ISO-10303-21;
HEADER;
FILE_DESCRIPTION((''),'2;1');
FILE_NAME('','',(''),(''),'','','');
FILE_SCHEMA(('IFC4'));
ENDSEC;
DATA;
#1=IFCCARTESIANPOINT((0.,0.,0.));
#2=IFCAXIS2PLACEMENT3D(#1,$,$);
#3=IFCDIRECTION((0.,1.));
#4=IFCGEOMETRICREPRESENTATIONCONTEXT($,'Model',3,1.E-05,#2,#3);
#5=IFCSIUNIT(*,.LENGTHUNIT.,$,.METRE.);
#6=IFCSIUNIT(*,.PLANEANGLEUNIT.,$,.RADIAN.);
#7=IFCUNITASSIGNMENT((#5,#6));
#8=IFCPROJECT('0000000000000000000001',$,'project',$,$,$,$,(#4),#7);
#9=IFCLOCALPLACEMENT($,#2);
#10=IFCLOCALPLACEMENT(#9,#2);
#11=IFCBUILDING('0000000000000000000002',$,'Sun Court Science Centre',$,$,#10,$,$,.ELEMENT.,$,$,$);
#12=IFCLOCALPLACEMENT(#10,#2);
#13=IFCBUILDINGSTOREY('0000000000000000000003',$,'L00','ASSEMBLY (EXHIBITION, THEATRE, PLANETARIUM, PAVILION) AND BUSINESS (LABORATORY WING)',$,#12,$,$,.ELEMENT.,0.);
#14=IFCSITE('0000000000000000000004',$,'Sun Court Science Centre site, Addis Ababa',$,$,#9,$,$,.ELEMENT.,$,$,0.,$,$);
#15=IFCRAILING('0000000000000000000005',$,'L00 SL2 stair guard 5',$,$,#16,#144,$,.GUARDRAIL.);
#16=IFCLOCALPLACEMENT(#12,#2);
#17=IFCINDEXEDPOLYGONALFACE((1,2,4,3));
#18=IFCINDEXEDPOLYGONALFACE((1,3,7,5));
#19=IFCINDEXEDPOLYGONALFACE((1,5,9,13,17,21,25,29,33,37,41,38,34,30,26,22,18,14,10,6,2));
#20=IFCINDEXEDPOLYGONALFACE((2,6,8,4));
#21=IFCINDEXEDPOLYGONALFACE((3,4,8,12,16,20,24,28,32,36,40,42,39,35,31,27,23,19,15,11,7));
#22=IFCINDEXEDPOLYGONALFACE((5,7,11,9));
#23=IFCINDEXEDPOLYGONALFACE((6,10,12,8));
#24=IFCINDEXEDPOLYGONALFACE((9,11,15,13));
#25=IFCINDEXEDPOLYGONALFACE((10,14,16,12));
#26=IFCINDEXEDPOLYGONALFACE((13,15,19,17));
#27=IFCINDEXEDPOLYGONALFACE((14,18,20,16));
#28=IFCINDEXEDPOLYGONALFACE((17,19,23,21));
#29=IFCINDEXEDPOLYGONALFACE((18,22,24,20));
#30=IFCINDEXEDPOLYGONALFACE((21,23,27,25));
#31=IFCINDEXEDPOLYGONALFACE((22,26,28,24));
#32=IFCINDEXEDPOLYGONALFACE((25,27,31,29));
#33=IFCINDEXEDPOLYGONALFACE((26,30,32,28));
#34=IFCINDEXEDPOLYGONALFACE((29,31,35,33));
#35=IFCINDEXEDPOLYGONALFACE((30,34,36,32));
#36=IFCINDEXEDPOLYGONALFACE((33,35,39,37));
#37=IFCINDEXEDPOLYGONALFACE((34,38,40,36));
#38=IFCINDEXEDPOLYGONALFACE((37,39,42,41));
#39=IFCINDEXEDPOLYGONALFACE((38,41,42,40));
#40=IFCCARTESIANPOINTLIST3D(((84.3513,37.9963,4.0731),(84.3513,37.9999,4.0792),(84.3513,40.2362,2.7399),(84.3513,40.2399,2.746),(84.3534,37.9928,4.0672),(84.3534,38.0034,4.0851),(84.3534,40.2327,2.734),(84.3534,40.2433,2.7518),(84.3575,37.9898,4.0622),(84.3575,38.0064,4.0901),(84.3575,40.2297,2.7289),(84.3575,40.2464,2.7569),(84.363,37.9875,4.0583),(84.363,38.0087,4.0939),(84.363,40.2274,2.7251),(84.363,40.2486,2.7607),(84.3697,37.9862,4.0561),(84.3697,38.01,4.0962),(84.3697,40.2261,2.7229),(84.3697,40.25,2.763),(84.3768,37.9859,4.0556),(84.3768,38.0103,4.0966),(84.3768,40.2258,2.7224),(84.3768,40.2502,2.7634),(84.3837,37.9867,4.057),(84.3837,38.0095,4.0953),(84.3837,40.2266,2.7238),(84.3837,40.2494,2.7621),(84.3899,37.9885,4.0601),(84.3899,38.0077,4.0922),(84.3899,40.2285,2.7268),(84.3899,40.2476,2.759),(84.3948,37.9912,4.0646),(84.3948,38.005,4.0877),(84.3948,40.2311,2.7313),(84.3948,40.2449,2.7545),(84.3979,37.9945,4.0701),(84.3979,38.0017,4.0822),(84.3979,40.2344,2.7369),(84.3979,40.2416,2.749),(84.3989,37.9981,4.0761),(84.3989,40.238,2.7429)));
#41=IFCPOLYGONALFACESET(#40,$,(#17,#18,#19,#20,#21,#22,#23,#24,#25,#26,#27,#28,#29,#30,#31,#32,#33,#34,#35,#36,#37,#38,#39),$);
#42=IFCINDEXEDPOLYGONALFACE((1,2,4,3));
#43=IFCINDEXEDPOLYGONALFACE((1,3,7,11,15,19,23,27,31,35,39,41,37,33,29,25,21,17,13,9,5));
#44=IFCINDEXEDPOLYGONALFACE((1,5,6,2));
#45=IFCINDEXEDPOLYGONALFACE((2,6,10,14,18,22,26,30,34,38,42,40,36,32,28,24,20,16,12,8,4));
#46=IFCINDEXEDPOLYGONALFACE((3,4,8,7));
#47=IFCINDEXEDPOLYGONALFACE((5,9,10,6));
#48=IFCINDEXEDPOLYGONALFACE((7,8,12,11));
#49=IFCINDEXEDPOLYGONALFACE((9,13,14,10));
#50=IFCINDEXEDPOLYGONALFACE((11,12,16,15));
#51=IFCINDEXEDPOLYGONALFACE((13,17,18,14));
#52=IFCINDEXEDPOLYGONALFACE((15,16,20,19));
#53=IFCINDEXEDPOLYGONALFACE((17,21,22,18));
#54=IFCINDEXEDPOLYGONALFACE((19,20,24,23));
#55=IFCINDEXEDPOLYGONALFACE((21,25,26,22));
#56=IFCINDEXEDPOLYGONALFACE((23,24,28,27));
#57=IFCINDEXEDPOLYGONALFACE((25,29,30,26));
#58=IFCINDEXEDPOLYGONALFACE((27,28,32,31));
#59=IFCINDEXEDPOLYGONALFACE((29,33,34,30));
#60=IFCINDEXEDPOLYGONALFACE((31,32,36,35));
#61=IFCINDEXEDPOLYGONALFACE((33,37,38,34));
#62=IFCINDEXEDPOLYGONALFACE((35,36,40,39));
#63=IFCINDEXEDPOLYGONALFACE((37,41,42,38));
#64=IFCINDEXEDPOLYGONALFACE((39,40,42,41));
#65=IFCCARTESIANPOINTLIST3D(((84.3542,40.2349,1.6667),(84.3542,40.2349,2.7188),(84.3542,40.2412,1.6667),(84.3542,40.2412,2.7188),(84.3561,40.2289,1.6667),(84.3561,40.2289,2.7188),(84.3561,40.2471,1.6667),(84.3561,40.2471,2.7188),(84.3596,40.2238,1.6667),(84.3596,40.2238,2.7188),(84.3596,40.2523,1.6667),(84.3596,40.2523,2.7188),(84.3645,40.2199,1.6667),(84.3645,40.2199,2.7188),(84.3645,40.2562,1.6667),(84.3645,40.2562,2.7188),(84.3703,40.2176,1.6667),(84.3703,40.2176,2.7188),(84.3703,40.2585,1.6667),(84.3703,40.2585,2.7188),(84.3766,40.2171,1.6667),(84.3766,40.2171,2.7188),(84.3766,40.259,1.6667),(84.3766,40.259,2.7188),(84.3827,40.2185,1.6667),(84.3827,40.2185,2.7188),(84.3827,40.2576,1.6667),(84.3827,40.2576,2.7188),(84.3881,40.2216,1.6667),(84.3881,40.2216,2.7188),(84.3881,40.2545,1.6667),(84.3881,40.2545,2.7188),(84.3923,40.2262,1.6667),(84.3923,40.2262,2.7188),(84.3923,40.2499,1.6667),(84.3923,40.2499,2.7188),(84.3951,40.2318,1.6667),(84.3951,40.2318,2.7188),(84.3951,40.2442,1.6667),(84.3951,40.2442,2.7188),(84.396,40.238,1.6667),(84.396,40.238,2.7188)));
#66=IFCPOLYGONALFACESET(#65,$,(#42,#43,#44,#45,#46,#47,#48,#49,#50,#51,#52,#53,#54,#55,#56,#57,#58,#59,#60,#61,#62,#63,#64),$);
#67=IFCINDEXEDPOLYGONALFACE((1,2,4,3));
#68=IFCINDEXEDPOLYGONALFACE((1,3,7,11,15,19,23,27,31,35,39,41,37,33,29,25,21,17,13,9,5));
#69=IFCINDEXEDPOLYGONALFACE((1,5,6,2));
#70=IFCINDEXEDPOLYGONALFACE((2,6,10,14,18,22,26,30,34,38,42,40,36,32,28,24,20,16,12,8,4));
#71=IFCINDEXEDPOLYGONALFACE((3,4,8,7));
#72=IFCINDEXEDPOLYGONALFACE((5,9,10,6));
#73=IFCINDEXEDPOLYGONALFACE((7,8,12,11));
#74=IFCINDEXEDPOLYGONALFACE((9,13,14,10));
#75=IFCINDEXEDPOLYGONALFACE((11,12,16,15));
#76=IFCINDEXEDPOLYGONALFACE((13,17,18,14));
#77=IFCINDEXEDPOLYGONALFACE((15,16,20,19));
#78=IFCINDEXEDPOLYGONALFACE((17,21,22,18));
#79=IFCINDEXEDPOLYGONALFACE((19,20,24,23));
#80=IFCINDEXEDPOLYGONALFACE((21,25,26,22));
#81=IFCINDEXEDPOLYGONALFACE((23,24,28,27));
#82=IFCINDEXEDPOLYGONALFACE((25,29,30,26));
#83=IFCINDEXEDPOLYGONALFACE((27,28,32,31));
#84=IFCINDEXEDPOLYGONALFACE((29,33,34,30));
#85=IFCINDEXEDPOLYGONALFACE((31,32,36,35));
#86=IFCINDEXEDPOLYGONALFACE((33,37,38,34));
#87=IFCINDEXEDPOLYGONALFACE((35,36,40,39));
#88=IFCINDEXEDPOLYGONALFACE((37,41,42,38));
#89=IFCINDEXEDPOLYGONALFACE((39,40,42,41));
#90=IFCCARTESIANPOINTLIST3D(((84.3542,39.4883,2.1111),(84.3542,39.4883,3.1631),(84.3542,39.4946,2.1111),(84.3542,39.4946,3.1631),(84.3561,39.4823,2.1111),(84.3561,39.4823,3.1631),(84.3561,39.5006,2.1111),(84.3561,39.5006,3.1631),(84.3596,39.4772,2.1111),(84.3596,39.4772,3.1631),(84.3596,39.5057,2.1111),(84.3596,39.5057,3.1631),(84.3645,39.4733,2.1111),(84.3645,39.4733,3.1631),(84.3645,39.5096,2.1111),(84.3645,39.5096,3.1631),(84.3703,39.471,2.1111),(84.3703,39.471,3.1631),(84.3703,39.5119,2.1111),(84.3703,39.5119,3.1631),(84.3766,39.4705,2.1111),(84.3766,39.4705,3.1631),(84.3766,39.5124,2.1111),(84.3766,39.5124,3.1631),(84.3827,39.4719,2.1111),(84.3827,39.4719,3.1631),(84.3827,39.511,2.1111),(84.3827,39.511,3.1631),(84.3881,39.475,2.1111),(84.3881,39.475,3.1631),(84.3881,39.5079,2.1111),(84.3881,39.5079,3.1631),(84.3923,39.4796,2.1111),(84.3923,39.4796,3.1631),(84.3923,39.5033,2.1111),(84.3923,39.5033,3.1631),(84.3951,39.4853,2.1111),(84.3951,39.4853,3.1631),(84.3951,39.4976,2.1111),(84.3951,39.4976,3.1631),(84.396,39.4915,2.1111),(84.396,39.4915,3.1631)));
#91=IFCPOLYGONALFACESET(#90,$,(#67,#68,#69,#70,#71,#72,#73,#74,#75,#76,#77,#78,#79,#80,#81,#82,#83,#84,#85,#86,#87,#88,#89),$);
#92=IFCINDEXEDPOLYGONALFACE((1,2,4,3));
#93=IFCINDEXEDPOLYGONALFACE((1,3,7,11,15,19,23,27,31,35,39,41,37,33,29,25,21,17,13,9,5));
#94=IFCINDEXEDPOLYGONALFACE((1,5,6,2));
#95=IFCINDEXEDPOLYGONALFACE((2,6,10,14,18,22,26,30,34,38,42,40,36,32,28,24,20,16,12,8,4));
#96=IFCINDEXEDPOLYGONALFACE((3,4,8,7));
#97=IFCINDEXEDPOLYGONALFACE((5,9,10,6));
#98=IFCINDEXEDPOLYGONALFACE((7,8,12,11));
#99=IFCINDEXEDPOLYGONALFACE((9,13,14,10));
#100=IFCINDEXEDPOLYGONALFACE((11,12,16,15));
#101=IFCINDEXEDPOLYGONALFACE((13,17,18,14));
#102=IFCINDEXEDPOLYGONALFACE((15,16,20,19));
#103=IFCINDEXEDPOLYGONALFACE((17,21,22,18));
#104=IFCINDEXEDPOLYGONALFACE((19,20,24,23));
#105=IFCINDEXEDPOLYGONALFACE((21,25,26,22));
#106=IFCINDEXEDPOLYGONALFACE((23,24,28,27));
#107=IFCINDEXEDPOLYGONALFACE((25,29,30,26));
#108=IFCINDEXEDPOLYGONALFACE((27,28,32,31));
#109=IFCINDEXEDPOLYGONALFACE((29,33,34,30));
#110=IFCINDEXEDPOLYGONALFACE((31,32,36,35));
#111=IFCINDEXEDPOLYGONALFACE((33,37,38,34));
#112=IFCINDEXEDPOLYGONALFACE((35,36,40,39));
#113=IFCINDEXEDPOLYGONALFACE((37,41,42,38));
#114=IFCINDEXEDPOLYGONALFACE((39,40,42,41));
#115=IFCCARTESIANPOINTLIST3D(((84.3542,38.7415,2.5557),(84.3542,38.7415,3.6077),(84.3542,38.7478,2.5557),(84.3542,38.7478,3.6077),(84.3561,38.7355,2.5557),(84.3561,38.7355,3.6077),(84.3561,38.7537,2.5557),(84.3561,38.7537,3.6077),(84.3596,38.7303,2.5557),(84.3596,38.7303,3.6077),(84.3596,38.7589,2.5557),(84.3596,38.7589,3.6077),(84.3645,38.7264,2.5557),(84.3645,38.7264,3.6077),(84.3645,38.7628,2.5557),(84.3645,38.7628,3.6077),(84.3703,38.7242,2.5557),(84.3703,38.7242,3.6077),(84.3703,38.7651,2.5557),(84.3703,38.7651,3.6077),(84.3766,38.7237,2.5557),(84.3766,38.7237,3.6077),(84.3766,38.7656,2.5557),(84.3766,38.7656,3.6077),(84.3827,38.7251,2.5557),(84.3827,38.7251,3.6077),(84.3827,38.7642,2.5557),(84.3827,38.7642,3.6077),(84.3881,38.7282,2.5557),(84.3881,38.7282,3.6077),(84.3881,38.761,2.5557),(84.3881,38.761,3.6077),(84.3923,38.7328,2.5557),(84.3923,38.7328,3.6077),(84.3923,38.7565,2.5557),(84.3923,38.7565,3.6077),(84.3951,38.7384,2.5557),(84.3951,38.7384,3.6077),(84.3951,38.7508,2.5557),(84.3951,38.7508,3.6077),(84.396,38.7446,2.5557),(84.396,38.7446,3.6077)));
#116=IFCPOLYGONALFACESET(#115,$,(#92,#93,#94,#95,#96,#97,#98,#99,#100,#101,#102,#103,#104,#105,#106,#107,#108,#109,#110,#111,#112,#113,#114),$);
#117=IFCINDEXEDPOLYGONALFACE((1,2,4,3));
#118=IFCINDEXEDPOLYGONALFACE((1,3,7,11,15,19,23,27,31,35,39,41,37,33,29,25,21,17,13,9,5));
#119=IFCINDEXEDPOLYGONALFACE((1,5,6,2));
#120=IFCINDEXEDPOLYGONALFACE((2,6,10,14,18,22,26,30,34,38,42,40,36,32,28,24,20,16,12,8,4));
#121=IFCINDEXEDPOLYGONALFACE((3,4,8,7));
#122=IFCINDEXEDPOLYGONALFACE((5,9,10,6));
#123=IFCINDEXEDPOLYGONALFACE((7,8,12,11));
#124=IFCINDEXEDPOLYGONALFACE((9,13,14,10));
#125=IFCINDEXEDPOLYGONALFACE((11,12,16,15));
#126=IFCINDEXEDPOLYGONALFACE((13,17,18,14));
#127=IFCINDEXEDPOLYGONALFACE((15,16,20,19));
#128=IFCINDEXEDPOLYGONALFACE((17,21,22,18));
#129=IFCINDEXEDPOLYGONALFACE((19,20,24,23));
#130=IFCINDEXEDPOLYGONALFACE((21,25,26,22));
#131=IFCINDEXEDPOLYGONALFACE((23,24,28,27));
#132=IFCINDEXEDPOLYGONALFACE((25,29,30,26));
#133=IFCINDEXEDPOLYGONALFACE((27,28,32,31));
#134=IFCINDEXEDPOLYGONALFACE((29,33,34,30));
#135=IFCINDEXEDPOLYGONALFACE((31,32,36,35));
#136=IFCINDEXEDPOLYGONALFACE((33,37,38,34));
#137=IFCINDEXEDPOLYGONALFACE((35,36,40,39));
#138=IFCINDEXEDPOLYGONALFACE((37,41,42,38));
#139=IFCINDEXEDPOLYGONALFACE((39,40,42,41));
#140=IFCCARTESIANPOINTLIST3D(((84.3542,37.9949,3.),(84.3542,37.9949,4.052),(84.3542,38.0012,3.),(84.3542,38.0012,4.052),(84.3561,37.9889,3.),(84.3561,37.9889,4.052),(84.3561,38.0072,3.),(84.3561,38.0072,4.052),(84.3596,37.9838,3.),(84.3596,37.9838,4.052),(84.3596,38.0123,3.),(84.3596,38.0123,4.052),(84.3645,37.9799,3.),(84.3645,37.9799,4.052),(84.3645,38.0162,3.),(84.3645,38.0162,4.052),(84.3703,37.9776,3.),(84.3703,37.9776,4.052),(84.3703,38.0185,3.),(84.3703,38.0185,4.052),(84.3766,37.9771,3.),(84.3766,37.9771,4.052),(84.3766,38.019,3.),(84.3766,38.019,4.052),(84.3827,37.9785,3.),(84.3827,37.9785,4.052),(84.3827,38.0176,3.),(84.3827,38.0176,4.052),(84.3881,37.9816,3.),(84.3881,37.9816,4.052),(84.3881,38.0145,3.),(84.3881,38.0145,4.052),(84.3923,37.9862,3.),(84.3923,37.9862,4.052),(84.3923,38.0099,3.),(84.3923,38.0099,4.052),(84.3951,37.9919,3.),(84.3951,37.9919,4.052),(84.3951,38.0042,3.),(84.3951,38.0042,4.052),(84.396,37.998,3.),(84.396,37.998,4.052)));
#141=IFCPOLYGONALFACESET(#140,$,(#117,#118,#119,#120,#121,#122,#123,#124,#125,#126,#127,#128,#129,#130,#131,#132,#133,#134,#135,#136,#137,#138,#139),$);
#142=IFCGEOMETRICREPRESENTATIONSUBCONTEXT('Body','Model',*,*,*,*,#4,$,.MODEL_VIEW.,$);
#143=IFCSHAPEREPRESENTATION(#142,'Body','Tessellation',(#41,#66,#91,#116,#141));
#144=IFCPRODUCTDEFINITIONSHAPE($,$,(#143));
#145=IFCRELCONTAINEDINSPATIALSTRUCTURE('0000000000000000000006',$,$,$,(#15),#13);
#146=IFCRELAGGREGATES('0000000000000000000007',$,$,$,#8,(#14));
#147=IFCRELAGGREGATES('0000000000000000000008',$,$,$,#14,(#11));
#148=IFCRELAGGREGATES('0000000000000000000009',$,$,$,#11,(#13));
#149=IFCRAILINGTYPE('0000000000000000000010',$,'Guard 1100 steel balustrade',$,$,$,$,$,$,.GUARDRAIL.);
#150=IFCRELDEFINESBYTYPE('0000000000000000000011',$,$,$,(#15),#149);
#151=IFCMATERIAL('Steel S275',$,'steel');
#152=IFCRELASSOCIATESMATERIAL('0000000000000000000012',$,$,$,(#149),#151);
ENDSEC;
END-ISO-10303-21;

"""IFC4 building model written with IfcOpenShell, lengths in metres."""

from ifc_helpers import new_model, si_unit, direction, frame, origin, origin_2d, place, context, subcontext, project, spatial, circle, extrude, material, type_object, element, save


model = new_model("IFC4")

# Units and contexts
model_context = context("Model", 3, precision=1e-05, world=origin(), true_north=direction((0.0, 1.0)))
body_context = subcontext(model_context, "Body", "Model", "MODEL_VIEW")
ifc_project = project(units=[si_unit("LENGTHUNIT", "METRE"), si_unit("PLANEANGLEUNIT", "RADIAN")], contexts=[model_context])

# Site, building, storey
site_placement = place(None, origin())
site = spatial("IfcSite", under=ifc_project, at=site_placement, Name="Sun Court Science Centre site, Addis Ababa", CompositionType="ELEMENT", RefElevation=0.0)
building_placement = place(site_placement, origin())
building = spatial("IfcBuilding", under=site, at=building_placement, Name="Sun Court Science Centre", CompositionType="ELEMENT")
storey_placement = place(building_placement, origin())
storey = spatial("IfcBuildingStorey", under=building, at=storey_placement, Name="L00", Description="ASSEMBLY (EXHIBITION, THEATRE, PLANETARIUM, PAVILION) AND BUSINESS (LABORATORY WING)", CompositionType="ELEMENT", Elevation=0.0)

# Railing
ifc_material_1 = material(Name="Steel S275", Category="steel")
railing_type_1 = type_object("IfcRailingType", Name="Guard 1100 steel balustrade", PredefinedType="GUARDRAIL", material=ifc_material_1)
railing_1_placement = place(storey_placement, frame((84.375, 40.238, 1.6667)))
element("IfcRailing", 1, at=railing_1_placement, inside=storey, type_object=railing_type_1, Name="L00 SL2 stair guard 5", PredefinedType="GUARDRAIL", context=body_context, shape_type="SweptSolid", body=[
    extrude(circle(Radius=0.0239, at=origin_2d()), frame((0.0, 0.0, 1.0762), z_axis=(0.0, -0.859306, 0.511462), x_axis=(1.0, 0.0, 0.0)), (0.0, 0.0, 1.0), 2.6067),
    extrude(circle(Radius=0.021, at=origin_2d()), origin(), (0.0, 0.0, 1.0), 1.052),
    extrude(circle(Radius=0.021, at=origin_2d()), frame((0.0, -0.7466, 0.4443)), (0.0, 0.0, 1.0), 1.052),
    extrude(circle(Radius=0.021, at=origin_2d()), frame((0.0, -1.4934, 0.8889)), (0.0, 0.0, 1.0), 1.052),
    extrude(circle(Radius=0.021, at=origin_2d()), frame((0.0, -2.24, 1.3333)), (0.0, 0.0, 1.0), 1.052),
])

save(model, "model.ifc")
